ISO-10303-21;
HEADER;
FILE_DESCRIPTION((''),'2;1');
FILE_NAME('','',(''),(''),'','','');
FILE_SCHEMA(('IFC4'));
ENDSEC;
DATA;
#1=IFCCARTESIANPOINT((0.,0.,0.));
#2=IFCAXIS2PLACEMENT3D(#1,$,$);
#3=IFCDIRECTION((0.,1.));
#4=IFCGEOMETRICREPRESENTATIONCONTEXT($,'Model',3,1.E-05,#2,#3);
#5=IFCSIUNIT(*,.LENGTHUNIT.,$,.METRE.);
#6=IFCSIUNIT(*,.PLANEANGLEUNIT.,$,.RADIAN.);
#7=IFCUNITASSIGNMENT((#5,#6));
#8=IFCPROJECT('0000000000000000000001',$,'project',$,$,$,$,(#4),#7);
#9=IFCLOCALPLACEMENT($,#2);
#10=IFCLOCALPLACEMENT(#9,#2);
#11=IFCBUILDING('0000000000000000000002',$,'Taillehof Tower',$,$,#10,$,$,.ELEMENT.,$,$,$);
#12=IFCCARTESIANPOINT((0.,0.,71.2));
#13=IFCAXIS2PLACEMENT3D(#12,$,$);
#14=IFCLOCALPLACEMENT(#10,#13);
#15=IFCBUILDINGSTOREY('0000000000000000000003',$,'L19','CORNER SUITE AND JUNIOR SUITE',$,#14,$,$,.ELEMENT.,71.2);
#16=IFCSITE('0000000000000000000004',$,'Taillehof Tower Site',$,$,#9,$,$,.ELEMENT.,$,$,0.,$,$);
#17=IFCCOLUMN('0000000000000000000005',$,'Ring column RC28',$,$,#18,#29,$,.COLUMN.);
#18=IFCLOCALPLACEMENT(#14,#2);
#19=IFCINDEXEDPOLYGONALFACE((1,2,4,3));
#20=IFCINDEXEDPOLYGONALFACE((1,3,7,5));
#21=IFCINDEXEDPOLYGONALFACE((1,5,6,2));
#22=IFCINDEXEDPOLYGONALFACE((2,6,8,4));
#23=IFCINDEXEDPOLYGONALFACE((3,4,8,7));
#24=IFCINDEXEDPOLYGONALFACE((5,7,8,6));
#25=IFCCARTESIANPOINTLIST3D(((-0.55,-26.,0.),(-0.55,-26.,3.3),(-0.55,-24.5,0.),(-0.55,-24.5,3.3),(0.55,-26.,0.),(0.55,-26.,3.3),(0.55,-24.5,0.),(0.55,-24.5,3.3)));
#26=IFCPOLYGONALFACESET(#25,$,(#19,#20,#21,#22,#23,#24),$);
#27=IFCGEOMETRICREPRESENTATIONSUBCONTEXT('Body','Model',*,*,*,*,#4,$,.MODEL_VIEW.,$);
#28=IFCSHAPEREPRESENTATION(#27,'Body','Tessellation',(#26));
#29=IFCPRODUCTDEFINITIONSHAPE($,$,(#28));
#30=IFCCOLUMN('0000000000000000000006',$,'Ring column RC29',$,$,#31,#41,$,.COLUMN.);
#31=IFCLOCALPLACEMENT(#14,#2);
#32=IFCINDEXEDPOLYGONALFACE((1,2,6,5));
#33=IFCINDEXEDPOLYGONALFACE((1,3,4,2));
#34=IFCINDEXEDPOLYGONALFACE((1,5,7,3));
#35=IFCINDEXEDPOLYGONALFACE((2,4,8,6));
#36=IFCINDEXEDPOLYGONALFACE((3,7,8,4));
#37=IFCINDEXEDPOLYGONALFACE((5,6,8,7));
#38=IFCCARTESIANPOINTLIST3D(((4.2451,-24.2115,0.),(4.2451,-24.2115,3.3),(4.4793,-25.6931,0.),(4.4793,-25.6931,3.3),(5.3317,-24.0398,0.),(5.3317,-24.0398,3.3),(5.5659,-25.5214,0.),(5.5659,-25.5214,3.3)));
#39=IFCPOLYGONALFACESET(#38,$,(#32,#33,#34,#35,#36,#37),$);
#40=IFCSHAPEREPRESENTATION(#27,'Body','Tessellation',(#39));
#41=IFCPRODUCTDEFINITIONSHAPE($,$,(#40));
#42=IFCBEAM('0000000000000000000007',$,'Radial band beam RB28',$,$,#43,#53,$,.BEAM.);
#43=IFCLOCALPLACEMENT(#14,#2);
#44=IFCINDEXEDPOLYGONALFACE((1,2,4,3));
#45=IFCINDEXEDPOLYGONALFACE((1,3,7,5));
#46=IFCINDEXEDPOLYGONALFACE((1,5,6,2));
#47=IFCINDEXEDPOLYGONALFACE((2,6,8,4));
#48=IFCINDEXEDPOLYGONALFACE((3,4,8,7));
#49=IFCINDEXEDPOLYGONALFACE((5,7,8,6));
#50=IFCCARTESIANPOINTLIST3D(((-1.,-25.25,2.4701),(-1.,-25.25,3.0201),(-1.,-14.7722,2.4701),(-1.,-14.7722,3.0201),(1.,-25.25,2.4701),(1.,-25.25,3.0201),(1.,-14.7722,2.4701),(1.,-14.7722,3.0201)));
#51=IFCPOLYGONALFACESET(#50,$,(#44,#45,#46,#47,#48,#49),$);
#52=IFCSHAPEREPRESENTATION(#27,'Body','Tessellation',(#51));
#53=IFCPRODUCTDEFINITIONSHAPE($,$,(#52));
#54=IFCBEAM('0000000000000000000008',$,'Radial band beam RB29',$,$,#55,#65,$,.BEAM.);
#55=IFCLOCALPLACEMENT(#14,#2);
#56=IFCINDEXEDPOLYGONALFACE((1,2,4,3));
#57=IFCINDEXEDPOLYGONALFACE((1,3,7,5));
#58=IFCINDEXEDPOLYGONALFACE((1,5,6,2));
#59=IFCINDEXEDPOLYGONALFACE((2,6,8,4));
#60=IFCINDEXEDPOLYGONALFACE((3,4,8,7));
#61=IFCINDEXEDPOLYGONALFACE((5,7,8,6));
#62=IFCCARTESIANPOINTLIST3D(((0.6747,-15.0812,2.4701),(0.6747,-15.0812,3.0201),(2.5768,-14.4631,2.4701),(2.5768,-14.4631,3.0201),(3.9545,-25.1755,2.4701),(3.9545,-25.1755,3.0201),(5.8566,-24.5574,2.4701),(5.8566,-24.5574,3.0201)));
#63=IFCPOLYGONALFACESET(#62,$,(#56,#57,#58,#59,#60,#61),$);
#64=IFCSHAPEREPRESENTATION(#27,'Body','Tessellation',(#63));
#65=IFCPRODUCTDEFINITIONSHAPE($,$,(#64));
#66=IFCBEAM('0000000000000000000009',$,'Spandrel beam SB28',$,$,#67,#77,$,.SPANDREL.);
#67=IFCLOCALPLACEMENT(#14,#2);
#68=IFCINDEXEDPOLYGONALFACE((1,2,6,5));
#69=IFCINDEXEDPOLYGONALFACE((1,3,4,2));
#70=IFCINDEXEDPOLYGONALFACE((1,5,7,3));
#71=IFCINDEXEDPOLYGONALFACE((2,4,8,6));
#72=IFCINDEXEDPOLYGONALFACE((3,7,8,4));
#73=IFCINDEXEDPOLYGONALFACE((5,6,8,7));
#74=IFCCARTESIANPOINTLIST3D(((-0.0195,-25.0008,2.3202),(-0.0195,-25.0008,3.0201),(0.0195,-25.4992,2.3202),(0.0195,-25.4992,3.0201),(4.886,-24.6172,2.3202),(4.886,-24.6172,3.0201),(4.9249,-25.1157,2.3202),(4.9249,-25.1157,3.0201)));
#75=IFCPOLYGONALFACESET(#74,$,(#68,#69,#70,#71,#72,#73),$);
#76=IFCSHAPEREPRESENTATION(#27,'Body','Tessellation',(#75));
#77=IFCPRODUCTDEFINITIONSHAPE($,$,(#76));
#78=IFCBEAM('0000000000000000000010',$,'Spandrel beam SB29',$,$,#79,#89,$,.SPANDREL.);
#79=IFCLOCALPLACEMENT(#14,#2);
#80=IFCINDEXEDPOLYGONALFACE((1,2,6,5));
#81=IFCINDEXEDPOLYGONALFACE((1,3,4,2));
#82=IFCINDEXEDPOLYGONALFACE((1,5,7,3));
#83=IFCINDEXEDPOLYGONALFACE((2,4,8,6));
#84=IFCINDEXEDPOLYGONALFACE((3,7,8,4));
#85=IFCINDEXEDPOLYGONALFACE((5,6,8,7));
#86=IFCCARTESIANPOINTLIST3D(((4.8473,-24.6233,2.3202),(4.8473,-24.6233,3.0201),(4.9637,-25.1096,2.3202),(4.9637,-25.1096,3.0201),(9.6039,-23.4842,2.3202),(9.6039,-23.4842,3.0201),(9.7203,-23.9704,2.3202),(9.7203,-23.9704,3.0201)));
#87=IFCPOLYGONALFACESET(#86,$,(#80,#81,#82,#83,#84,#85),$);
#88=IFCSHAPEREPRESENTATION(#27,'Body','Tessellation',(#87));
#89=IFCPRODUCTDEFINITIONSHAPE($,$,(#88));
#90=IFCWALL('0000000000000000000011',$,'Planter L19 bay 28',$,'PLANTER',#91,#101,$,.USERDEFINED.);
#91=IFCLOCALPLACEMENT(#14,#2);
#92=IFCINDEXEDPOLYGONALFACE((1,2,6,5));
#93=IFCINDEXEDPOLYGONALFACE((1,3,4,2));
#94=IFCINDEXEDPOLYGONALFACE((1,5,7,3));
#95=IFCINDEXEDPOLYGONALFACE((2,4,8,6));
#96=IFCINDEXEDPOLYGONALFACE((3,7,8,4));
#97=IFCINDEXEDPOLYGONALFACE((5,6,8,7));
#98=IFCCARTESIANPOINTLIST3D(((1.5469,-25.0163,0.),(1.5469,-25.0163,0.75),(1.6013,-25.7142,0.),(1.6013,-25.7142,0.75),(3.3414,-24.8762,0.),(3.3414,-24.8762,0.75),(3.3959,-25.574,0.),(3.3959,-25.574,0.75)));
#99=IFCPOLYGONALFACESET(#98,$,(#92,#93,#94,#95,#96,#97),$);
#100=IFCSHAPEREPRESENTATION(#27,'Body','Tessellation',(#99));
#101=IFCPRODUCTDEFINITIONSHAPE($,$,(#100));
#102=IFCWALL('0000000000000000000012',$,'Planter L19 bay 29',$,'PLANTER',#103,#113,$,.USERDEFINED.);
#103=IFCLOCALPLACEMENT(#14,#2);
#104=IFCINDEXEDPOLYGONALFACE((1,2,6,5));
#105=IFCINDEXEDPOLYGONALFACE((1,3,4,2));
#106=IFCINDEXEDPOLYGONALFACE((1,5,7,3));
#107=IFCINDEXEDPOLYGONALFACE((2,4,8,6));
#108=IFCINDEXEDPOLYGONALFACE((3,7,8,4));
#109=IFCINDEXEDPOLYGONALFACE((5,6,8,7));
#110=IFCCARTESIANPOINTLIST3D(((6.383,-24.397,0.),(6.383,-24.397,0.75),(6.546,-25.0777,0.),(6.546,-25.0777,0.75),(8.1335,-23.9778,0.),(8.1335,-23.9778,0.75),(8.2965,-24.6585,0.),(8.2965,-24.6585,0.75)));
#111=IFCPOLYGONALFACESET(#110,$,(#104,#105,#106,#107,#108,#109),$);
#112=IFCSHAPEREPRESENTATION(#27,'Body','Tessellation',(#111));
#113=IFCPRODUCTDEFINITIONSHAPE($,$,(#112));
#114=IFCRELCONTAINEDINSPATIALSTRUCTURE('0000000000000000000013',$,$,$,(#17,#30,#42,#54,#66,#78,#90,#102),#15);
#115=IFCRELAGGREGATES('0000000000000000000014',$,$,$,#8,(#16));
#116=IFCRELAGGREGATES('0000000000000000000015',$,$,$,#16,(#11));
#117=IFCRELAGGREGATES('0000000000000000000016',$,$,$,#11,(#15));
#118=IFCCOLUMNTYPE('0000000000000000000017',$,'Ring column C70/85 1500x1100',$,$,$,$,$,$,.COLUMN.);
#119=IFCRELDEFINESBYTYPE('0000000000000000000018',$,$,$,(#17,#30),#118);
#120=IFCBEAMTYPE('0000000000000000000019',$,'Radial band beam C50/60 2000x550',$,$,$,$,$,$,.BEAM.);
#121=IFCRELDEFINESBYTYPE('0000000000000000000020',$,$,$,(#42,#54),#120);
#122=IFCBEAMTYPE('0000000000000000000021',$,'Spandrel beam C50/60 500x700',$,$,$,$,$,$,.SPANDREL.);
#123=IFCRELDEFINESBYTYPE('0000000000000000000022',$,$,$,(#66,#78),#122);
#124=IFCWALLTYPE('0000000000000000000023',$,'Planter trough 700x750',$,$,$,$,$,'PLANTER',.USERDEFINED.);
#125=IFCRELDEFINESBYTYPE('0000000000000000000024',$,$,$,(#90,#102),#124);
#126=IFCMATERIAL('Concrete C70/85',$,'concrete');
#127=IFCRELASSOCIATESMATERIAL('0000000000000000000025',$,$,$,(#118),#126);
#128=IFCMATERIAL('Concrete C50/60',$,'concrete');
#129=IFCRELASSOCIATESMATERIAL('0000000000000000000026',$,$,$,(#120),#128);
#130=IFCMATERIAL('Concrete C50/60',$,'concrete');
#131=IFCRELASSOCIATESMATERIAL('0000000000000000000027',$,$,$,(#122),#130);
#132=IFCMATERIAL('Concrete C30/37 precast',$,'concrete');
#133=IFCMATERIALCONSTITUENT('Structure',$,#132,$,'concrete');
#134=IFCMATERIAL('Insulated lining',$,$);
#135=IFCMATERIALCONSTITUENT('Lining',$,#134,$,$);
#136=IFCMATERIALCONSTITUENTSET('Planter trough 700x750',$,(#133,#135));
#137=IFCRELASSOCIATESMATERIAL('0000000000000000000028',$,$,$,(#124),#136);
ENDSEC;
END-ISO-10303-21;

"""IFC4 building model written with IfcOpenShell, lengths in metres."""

from ifc_helpers import new_model, si_unit, direction, frame, frame_2d, origin, origin_2d, place, context, subcontext, project, spatial, rectangle, extrude, material, constituent, constituent_set, material_profile, profile_set, type_object, element, save


model = new_model("IFC4")

# Units and contexts
model_context = context("Model", 3, precision=1e-05, world=origin(), true_north=direction((0.0, 1.0)))
body_context = subcontext(model_context, "Body", "Model", "MODEL_VIEW")
ifc_project = project(units=[si_unit("LENGTHUNIT", "METRE"), si_unit("PLANEANGLEUNIT", "RADIAN")], contexts=[model_context])

# Site, building, storey
site_placement = place(None, origin())
site = spatial("IfcSite", under=ifc_project, at=site_placement, Name="Taillehof Tower Site", CompositionType="ELEMENT", RefElevation=0.0)
building_placement = place(site_placement, origin())
building = spatial("IfcBuilding", under=site, at=building_placement, Name="Taillehof Tower", CompositionType="ELEMENT")
storey_placement = place(building_placement, frame((0.0, 0.0, 71.2)))
storey = spatial("IfcBuildingStorey", under=building, at=storey_placement, Name="L19", Description="CORNER SUITE AND JUNIOR SUITE", CompositionType="ELEMENT", Elevation=71.2)

# Columns
ifc_material_1 = material(Name="Concrete C70/85", Category="concrete")
ifc_material_profile_1 = material_profile(ifc_material_1, rectangle(XDim=1.5, YDim=1.1001, at=origin_2d()), Name="RC 1500x1100")
ifc_profile_set_1 = profile_set([ifc_material_profile_1], Name="Concrete C70/85")
column_type = type_object("IfcColumnType", Name="Ring column C70/85 1500x1100", PredefinedType="COLUMN", material=ifc_profile_set_1)
for number, where, z_axis, x_axis, name in (
    (1, (0.0, -25.25, 0.0), (0.0, 0.0, 1.0), (0.0, -1.0, 0.0), "Ring column RC28"),
    (2, (4.9055, -24.8665, 0.0), (0.0, 0.0, 1.0), (0.156147, -0.987734, 0.0), "Ring column RC29"),
):
    element("IfcColumn", number, at=place(storey_placement, frame(where, z_axis=z_axis, x_axis=x_axis)), inside=storey, type_object=column_type, Name=name, PredefinedType="COLUMN", context=body_context, shape_type="SweptSolid", body=[
        extrude(rectangle(XDim=1.5, YDim=1.1001, at=origin_2d()), origin(), (0.0, 0.0, 1.0), 3.3),
    ])

# Beams
ifc_material_2 = material(Name="Concrete C50/60", Category="concrete")
ifc_material_profile_2 = material_profile(ifc_material_2, rectangle(XDim=2.0, YDim=0.55, at=origin_2d()), Name="RC 2000x550")
ifc_profile_set_2 = profile_set([ifc_material_profile_2], Name="Concrete C50/60")
beam_type_1 = type_object("IfcBeamType", Name="Radial band beam C50/60 2000x550", PredefinedType="BEAM", material=ifc_profile_set_2)
beam_1_placement = place(storey_placement, frame((0.0, -25.25, 2.7451), z_axis=(0.0, 1.0, 0.0), x_axis=(-1.0, 0.0, 0.0)))
element("IfcBeam", 3, at=beam_1_placement, inside=storey, type_object=beam_type_1, Name="Radial band beam RB28", PredefinedType="BEAM", context=body_context, shape_type="SweptSolid", body=[
    extrude(rectangle(XDim=2.0, YDim=0.55, at=origin_2d()), origin(), (0.0, 0.0, 1.0), 10.4778),
])
beam_2_placement = place(storey_placement, frame((4.9055, -24.8665, 2.7451), z_axis=(-0.309014, 0.951057, 0.0), x_axis=(-0.951057, -0.309014, 0.0)))
element("IfcBeam", 4, at=beam_2_placement, inside=storey, type_object=beam_type_1, Name="Radial band beam RB29", PredefinedType="BEAM", context=body_context, shape_type="SweptSolid", body=[
    extrude(rectangle(XDim=2.0, YDim=0.55, at=origin_2d()), origin(), (0.0, 0.0, 1.0), 10.6138),
])
ifc_material_3 = material(Name="Concrete C50/60", Category="concrete")
ifc_material_profile_3 = material_profile(ifc_material_3, rectangle(XDim=0.5, YDim=0.7, at=origin_2d()), Name="RC 500x700")
ifc_profile_set_3 = profile_set([ifc_material_profile_3], Name="Concrete C50/60")
beam_type_2 = type_object("IfcBeamType", Name="Spandrel beam C50/60 500x700", PredefinedType="SPANDREL", material=ifc_profile_set_3)
beam_3_placement = place(storey_placement, frame((0.0, -25.25, 2.6702), z_axis=(0.996957, 0.077949, 0.0), x_axis=(-0.077949, 0.996957, 0.0)))
element("IfcBeam", 5, at=beam_3_placement, inside=storey, type_object=beam_type_2, Name="Spandrel beam SB28", PredefinedType="SPANDREL", context=body_context, shape_type="SweptSolid", body=[
    extrude(rectangle(XDim=0.5, YDim=0.7, at=origin_2d()), origin(), (0.0, 0.0, 1.0), 4.9204),
])
beam_4_placement = place(storey_placement, frame((4.9055, -24.8665, 2.6702), z_axis=(0.9725, 0.232905, 0.0), x_axis=(-0.232905, 0.9725, 0.0)))
element("IfcBeam", 6, at=beam_4_placement, inside=storey, type_object=beam_type_2, Name="Spandrel beam SB29", PredefinedType="SPANDREL", context=body_context, shape_type="SweptSolid", body=[
    extrude(rectangle(XDim=0.5, YDim=0.7, at=origin_2d()), origin(), (0.0, 0.0, 1.0), 4.8911),
])

# Walls
ifc_material_4 = material(Name="Concrete C30/37 precast", Category="concrete")
ifc_constituent_1 = constituent(ifc_material_4, Name="Structure", Category="concrete")
ifc_material_5 = material(Name="Insulated lining")
ifc_constituent_2 = constituent(ifc_material_5, Name="Lining")
ifc_constituent_set = constituent_set(constituents=[ifc_constituent_1, ifc_constituent_2], Name="Planter trough 700x750")
wall_type_1 = type_object("IfcWallType", Name="Planter trough 700x750", ElementType="PLANTER", PredefinedType="USERDEFINED", material=ifc_constituent_set)
for number, where, z_axis, x_axis, name in (
    (7, (1.5742, -25.3652, 0.0), (0.0, 0.0, 1.0), (0.996965, 0.077848, 0.0), "Planter L19 bay 28"),
    (8, (6.4646, -24.7373, 0.0), (0.0, 0.0, 1.0), (0.972504, 0.232886, 0.0), "Planter L19 bay 29"),
):
    element("IfcWall", number, at=place(storey_placement, frame(where, z_axis=z_axis, x_axis=x_axis)), inside=storey, type_object=wall_type_1, Name=name, ObjectType="PLANTER", PredefinedType="USERDEFINED", context=body_context, shape_type="SweptSolid", body=[
        extrude(rectangle(XDim=1.8, YDim=0.7, at=frame_2d((0.8999, 0.0))), origin(), (0.0, 0.0, 1.0), 0.75),
    ])

save(model, "model.ifc")
